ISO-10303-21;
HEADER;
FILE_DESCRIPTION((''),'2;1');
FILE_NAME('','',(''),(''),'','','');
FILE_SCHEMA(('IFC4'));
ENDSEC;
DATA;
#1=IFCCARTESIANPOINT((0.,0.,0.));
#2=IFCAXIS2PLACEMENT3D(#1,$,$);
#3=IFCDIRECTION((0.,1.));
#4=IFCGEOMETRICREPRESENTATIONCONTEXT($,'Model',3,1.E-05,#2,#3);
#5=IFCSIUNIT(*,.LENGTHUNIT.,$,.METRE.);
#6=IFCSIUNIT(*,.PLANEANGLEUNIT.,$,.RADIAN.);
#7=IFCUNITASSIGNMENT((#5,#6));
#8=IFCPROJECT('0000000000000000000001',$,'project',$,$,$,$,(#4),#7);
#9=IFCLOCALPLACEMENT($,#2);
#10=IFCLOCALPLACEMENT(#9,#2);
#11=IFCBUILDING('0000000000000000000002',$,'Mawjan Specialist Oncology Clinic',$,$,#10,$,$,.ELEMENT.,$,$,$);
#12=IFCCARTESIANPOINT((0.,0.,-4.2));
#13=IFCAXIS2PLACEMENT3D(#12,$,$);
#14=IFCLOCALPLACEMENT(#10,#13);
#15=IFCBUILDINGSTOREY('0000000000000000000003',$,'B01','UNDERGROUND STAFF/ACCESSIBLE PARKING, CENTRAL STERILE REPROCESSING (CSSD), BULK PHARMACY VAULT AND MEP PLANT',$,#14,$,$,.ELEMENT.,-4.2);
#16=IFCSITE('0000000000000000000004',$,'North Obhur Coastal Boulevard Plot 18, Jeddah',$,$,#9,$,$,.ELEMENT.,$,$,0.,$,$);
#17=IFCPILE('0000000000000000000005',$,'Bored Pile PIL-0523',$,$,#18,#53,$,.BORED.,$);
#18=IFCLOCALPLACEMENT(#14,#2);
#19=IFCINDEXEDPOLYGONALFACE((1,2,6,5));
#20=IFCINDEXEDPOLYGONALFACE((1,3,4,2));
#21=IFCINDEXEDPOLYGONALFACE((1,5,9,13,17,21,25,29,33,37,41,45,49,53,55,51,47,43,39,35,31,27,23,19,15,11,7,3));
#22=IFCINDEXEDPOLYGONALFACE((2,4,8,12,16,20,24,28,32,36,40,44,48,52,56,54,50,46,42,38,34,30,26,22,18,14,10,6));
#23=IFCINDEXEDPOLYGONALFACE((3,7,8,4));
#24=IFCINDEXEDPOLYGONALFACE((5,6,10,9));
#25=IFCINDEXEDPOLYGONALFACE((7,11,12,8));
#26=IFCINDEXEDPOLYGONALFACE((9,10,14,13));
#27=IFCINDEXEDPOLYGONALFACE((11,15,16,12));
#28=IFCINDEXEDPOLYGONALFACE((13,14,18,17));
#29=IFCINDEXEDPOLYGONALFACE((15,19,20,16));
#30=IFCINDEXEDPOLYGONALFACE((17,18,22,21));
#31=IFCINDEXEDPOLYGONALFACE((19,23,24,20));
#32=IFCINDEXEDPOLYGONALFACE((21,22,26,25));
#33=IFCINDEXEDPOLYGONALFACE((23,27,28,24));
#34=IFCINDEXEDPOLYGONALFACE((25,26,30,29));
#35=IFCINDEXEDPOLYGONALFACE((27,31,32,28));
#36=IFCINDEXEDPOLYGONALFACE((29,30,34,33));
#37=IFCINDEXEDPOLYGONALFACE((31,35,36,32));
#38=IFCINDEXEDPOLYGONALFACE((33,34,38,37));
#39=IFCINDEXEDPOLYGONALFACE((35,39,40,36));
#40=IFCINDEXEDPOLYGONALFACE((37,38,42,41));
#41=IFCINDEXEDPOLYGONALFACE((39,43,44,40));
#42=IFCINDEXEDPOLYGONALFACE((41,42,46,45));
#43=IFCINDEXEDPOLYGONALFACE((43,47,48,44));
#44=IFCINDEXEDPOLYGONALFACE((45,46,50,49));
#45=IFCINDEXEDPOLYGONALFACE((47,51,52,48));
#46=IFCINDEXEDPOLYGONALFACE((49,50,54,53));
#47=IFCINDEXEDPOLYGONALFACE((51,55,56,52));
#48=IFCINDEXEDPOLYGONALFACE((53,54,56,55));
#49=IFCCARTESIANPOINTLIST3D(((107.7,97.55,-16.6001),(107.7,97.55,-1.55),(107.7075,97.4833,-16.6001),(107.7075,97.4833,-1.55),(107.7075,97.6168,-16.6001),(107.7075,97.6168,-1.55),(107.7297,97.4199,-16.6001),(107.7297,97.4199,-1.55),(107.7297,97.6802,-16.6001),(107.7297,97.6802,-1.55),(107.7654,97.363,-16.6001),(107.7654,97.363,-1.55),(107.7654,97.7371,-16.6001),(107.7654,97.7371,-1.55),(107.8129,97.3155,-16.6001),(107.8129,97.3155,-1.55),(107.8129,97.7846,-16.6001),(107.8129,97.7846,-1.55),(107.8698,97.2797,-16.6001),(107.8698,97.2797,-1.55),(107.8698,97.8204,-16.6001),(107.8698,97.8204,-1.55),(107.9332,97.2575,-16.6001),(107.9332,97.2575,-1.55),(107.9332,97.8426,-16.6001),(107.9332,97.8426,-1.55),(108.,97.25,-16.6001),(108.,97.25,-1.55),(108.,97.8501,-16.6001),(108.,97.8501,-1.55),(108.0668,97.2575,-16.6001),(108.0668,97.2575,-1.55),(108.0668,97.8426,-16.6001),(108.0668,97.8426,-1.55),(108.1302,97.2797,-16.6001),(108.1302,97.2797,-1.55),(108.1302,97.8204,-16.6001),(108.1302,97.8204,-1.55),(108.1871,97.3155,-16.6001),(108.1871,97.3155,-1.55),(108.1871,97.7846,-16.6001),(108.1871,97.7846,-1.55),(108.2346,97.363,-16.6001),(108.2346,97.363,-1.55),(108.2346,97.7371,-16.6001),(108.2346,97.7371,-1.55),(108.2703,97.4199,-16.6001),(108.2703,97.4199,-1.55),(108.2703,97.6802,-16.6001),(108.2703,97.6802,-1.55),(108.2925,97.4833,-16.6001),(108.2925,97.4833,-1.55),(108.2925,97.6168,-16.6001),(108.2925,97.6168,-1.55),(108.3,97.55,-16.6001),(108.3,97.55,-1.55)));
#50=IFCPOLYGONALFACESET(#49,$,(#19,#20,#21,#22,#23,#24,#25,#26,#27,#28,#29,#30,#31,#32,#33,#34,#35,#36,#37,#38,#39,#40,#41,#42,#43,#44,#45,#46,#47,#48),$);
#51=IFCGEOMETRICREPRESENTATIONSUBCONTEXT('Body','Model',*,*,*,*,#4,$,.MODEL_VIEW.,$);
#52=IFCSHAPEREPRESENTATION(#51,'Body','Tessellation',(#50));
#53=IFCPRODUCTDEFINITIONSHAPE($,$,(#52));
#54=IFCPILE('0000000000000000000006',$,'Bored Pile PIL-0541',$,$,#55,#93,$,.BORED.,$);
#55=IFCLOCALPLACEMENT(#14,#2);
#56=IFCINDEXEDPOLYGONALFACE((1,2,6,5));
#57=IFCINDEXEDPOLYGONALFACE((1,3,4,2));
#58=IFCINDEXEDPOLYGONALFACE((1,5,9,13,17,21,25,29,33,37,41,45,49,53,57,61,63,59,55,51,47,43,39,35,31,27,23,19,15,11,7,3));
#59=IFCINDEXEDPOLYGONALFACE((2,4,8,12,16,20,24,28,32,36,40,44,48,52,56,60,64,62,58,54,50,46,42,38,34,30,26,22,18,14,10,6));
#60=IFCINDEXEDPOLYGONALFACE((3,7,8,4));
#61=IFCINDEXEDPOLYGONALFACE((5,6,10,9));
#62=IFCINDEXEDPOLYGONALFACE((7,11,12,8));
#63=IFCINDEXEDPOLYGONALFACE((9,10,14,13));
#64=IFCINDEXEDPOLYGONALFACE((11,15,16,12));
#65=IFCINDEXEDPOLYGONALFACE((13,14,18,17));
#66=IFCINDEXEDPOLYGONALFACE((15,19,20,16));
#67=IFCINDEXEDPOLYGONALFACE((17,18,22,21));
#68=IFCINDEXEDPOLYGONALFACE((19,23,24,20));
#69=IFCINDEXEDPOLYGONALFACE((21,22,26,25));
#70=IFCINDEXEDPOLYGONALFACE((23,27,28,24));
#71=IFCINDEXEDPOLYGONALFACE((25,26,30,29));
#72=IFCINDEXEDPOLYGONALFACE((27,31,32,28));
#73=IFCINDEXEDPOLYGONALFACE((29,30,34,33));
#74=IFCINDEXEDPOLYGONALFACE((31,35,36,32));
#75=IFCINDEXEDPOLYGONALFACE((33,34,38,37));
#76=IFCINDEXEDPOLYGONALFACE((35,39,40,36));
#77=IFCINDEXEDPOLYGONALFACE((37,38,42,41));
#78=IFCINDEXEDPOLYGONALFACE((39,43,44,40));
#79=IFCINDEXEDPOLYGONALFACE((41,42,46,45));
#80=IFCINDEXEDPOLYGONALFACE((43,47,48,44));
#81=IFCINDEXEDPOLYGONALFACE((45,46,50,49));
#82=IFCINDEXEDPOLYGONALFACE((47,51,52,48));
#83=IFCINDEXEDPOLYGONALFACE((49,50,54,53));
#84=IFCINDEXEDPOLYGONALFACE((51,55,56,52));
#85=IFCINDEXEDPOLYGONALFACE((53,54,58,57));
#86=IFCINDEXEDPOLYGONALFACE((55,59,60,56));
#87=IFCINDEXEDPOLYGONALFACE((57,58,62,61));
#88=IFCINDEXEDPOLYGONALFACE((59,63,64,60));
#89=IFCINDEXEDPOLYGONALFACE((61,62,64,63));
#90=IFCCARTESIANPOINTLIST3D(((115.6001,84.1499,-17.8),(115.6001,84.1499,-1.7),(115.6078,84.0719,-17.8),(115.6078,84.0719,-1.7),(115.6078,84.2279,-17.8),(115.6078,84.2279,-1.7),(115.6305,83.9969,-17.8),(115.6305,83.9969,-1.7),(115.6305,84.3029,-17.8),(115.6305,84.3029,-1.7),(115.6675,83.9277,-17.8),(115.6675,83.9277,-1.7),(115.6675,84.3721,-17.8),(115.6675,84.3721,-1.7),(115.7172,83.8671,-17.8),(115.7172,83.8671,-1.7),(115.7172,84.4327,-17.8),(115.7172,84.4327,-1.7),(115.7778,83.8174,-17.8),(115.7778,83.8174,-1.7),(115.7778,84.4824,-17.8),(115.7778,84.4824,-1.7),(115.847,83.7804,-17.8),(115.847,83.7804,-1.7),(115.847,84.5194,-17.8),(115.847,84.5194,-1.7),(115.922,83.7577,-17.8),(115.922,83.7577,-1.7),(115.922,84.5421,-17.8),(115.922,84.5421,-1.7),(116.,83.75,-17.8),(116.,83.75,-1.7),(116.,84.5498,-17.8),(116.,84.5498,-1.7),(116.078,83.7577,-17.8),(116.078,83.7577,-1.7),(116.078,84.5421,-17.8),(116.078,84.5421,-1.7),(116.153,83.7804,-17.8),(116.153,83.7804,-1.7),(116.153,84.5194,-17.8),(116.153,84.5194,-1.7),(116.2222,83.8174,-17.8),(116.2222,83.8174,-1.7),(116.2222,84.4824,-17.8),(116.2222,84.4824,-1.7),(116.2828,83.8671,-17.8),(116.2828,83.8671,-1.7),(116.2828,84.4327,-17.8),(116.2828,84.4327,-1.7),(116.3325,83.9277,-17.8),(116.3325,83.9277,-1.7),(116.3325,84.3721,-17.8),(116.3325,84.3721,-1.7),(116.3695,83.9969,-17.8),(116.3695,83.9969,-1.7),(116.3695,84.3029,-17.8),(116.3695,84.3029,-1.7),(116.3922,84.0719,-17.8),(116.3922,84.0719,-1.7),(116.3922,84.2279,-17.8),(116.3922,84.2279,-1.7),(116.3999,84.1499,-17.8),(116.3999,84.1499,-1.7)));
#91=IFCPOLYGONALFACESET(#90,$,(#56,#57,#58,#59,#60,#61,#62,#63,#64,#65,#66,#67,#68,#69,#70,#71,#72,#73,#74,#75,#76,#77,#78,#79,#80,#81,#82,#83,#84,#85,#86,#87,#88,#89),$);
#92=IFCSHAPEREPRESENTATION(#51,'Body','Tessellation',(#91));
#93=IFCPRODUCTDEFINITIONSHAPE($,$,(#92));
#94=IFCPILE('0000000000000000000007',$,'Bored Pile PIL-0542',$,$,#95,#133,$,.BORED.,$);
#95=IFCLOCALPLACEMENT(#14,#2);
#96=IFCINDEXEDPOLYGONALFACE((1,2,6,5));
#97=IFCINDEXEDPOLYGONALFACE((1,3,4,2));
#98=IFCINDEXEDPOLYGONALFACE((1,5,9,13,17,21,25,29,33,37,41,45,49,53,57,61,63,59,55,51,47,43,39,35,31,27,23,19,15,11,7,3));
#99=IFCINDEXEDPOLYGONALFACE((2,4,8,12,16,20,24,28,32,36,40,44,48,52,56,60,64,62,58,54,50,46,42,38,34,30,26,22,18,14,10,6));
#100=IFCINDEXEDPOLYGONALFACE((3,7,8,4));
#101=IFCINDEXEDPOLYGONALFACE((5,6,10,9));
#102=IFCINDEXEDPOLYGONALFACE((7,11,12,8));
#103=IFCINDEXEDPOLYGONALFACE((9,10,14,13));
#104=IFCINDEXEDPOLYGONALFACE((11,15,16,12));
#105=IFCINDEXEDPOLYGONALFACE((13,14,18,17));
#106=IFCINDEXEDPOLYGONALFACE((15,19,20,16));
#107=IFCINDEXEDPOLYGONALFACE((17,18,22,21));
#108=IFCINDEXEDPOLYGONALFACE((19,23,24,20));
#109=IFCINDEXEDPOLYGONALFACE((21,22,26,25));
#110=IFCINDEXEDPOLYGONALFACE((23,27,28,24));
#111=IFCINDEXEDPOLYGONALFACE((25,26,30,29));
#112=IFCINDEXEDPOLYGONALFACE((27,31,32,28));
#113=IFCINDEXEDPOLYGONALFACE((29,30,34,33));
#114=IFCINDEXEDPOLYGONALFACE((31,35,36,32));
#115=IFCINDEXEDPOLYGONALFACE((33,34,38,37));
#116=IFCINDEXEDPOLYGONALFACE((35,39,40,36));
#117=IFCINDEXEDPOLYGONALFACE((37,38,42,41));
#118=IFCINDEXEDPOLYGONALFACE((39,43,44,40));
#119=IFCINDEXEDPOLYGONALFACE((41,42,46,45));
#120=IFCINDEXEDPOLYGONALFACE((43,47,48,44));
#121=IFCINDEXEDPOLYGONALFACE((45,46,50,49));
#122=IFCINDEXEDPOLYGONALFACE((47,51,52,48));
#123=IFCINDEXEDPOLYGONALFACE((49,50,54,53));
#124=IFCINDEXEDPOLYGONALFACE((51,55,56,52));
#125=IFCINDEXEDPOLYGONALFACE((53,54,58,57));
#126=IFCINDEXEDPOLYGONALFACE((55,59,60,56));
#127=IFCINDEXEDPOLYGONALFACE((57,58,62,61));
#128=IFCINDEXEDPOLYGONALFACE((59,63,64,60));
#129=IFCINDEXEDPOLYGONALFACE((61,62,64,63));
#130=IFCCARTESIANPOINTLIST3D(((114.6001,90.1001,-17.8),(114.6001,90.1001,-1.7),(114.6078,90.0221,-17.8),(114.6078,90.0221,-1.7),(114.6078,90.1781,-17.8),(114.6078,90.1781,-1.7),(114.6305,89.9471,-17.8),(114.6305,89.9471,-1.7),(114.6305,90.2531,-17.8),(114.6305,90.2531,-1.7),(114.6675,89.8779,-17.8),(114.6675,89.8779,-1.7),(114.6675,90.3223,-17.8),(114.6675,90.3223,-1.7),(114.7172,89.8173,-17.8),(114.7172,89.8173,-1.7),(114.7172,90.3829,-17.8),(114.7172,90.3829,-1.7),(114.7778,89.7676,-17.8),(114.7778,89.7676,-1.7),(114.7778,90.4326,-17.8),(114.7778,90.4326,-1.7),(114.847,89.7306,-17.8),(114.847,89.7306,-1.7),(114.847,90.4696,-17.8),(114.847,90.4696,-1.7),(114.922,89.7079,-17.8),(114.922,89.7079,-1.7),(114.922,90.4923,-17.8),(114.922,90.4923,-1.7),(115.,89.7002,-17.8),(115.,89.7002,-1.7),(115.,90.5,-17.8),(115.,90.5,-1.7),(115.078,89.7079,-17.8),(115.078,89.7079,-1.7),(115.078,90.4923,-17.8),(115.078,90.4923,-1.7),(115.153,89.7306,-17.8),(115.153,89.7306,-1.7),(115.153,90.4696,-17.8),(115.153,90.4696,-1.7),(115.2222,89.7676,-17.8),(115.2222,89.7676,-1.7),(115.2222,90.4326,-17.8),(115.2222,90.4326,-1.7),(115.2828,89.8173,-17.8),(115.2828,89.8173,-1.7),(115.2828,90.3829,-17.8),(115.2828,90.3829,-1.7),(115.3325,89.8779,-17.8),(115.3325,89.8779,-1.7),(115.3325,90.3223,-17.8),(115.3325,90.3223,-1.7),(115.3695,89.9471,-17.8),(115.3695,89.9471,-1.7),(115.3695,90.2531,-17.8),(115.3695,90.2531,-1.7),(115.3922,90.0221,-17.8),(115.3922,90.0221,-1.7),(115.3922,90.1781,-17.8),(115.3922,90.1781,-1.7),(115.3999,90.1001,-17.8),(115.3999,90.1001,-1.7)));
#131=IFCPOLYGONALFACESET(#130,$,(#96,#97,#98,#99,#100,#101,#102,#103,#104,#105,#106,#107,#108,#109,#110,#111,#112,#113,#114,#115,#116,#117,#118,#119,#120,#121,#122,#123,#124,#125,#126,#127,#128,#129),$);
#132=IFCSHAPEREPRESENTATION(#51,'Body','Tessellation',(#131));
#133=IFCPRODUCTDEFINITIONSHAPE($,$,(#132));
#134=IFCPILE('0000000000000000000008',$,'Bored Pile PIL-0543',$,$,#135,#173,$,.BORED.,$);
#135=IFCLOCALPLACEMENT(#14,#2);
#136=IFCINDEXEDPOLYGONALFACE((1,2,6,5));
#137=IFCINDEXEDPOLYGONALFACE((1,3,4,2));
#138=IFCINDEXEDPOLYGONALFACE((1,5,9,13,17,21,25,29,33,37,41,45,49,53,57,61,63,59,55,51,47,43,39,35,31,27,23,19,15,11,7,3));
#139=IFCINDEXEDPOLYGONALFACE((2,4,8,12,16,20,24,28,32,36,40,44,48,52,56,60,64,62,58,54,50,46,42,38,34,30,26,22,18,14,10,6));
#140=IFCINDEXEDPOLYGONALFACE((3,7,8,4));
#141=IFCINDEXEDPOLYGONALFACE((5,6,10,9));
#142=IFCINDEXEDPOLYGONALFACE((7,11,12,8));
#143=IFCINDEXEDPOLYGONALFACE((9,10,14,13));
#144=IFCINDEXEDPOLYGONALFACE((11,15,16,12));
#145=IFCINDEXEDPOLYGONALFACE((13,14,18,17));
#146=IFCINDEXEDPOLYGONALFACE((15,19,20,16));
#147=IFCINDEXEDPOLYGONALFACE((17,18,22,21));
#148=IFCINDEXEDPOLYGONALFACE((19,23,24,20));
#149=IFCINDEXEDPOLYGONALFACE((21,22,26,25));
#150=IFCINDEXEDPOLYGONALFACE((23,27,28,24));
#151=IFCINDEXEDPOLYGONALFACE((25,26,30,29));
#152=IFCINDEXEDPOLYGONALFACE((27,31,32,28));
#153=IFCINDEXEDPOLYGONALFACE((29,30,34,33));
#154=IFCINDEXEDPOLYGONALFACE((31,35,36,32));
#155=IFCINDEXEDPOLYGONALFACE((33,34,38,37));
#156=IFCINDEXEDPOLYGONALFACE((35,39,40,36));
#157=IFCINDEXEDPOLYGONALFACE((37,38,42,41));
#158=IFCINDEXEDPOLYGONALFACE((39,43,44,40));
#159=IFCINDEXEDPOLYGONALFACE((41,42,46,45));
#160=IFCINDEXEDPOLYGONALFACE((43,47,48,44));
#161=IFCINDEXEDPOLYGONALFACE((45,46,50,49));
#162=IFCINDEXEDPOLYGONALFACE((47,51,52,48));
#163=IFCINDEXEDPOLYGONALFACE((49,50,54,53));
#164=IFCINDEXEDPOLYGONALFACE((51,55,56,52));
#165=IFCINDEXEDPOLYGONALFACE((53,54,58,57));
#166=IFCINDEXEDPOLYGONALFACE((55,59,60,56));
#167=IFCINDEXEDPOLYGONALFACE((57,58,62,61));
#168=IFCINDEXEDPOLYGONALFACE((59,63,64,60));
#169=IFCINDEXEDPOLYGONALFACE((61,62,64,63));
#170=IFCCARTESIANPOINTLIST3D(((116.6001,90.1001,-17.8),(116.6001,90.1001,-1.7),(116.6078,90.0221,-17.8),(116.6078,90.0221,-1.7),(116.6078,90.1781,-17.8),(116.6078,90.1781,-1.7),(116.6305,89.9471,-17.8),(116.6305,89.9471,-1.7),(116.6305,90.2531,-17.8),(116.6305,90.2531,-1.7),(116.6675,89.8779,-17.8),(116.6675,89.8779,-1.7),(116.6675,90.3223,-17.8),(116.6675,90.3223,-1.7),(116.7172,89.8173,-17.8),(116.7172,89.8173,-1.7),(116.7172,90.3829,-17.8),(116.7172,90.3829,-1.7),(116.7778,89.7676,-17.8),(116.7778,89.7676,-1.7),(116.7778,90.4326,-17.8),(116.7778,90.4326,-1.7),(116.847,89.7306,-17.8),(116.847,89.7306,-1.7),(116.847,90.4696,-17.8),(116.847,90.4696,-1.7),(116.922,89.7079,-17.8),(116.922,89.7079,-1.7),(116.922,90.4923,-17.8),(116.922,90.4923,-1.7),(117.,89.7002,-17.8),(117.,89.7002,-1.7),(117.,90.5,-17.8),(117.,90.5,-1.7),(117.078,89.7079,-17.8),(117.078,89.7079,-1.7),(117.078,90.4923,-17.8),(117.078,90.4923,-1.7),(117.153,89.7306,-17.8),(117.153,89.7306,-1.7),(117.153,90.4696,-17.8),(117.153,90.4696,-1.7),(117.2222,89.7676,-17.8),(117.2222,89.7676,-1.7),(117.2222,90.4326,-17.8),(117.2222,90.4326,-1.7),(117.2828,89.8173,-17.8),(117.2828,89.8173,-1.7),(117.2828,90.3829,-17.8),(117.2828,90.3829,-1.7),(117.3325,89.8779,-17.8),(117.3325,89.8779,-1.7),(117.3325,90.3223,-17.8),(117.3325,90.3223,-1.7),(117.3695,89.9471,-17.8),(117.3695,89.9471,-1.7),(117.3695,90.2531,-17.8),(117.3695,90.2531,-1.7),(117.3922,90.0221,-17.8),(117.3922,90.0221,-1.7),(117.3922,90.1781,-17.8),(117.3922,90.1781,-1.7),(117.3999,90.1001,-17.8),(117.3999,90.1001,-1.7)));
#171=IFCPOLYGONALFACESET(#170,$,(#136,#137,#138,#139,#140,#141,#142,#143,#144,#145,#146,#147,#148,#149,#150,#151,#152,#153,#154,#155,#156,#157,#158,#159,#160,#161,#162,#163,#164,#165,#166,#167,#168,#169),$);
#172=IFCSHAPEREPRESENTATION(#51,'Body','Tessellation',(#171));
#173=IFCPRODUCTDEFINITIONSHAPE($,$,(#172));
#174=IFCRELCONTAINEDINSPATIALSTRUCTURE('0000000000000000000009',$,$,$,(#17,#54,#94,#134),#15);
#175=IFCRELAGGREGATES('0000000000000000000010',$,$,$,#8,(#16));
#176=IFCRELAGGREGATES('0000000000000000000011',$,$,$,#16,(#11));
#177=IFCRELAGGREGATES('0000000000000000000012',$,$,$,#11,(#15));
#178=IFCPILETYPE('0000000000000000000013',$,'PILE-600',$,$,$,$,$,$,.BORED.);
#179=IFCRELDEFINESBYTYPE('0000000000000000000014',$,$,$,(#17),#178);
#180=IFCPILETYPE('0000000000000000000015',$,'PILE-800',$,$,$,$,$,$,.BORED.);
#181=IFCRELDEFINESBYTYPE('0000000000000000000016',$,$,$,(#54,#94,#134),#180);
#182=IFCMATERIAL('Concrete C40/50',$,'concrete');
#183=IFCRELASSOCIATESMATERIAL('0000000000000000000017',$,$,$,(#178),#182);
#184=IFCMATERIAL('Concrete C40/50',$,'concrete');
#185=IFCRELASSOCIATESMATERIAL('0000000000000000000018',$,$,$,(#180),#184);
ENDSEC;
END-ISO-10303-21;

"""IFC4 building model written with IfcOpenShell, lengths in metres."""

from ifc_helpers import new_model, si_unit, direction, frame, origin, origin_2d, place, context, subcontext, project, spatial, circle, extrude, material, material_profile, profile_set, type_object, element, save


model = new_model("IFC4")

# Units and contexts
model_context = context("Model", 3, precision=1e-05, world=origin(), true_north=direction((0.0, 1.0)))
body_context = subcontext(model_context, "Body", "Model", "MODEL_VIEW")
ifc_project = project(units=[si_unit("LENGTHUNIT", "METRE"), si_unit("PLANEANGLEUNIT", "RADIAN")], contexts=[model_context])

# Site, building, storey
site_placement = place(None, origin())
site = spatial("IfcSite", under=ifc_project, at=site_placement, Name="North Obhur Coastal Boulevard Plot 18, Jeddah", CompositionType="ELEMENT", RefElevation=0.0)
building_placement = place(site_placement, origin())
building = spatial("IfcBuilding", under=site, at=building_placement, Name="Mawjan Specialist Oncology Clinic", CompositionType="ELEMENT")
storey_placement = place(building_placement, frame((0.0, 0.0, -4.2)))
storey = spatial("IfcBuildingStorey", under=building, at=storey_placement, Name="B01", Description="UNDERGROUND STAFF/ACCESSIBLE PARKING, CENTRAL STERILE REPROCESSING (CSSD), BULK PHARMACY VAULT AND MEP PLANT", CompositionType="ELEMENT", Elevation=-4.2)

# Piles
ifc_material_1 = material(Name="Concrete C40/50", Category="concrete")
ifc_material_profile_1 = material_profile(ifc_material_1, circle(Radius=0.3, at=origin_2d()), Name="BORED PILE D600", Category="concrete")
ifc_profile_set_1 = profile_set([ifc_material_profile_1], Name="Concrete C40/50")
pile_type_1 = type_object("IfcPileType", Name="PILE-600", PredefinedType="BORED", material=ifc_profile_set_1)
for number, where, z_axis, x_axis, name in (
    (1, (108.0, 97.55, -1.55), (0.0, 0.0, -1.0), (1.0, 0.0, 0.0), "Bored Pile PIL-0523"),
):
    element("IfcPile", number, at=place(storey_placement, frame(where, z_axis=z_axis, x_axis=x_axis)), inside=storey, type_object=pile_type_1, Name=name, PredefinedType="BORED", context=body_context, shape_type="SweptSolid", body=[
        extrude(circle(Radius=0.3, at=origin_2d()), origin(), (0.0, 0.0, 1.0), 15.05),
    ])
ifc_material_2 = material(Name="Concrete C40/50", Category="concrete")
ifc_material_profile_2 = material_profile(ifc_material_2, circle(Radius=0.3999, at=origin_2d()), Name="BORED PILE D800", Category="concrete")
ifc_profile_set_2 = profile_set([ifc_material_profile_2], Name="Concrete C40/50")
pile_type_2 = type_object("IfcPileType", Name="PILE-800", PredefinedType="BORED", material=ifc_profile_set_2)
for number, where, z_axis, x_axis, name in (
    (2, (116.0, 84.1499, -1.7), (0.0, 0.0, -1.0), (1.0, 0.0, 0.0), "Bored Pile PIL-0541"),
    (3, (115.0, 90.1001, -1.7), (0.0, 0.0, -1.0), (1.0, 0.0, 0.0), "Bored Pile PIL-0542"),
    (4, (117.0, 90.1001, -1.7), (0.0, 0.0, -1.0), (1.0, 0.0, 0.0), "Bored Pile PIL-0543"),
):
    element("IfcPile", number, at=place(storey_placement, frame(where, z_axis=z_axis, x_axis=x_axis)), inside=storey, type_object=pile_type_2, Name=name, PredefinedType="BORED", context=body_context, shape_type="SweptSolid", body=[
        extrude(circle(Radius=0.3999, at=origin_2d()), origin(), (0.0, 0.0, 1.0), 16.1001),
    ])

save(model, "model.ifc")
